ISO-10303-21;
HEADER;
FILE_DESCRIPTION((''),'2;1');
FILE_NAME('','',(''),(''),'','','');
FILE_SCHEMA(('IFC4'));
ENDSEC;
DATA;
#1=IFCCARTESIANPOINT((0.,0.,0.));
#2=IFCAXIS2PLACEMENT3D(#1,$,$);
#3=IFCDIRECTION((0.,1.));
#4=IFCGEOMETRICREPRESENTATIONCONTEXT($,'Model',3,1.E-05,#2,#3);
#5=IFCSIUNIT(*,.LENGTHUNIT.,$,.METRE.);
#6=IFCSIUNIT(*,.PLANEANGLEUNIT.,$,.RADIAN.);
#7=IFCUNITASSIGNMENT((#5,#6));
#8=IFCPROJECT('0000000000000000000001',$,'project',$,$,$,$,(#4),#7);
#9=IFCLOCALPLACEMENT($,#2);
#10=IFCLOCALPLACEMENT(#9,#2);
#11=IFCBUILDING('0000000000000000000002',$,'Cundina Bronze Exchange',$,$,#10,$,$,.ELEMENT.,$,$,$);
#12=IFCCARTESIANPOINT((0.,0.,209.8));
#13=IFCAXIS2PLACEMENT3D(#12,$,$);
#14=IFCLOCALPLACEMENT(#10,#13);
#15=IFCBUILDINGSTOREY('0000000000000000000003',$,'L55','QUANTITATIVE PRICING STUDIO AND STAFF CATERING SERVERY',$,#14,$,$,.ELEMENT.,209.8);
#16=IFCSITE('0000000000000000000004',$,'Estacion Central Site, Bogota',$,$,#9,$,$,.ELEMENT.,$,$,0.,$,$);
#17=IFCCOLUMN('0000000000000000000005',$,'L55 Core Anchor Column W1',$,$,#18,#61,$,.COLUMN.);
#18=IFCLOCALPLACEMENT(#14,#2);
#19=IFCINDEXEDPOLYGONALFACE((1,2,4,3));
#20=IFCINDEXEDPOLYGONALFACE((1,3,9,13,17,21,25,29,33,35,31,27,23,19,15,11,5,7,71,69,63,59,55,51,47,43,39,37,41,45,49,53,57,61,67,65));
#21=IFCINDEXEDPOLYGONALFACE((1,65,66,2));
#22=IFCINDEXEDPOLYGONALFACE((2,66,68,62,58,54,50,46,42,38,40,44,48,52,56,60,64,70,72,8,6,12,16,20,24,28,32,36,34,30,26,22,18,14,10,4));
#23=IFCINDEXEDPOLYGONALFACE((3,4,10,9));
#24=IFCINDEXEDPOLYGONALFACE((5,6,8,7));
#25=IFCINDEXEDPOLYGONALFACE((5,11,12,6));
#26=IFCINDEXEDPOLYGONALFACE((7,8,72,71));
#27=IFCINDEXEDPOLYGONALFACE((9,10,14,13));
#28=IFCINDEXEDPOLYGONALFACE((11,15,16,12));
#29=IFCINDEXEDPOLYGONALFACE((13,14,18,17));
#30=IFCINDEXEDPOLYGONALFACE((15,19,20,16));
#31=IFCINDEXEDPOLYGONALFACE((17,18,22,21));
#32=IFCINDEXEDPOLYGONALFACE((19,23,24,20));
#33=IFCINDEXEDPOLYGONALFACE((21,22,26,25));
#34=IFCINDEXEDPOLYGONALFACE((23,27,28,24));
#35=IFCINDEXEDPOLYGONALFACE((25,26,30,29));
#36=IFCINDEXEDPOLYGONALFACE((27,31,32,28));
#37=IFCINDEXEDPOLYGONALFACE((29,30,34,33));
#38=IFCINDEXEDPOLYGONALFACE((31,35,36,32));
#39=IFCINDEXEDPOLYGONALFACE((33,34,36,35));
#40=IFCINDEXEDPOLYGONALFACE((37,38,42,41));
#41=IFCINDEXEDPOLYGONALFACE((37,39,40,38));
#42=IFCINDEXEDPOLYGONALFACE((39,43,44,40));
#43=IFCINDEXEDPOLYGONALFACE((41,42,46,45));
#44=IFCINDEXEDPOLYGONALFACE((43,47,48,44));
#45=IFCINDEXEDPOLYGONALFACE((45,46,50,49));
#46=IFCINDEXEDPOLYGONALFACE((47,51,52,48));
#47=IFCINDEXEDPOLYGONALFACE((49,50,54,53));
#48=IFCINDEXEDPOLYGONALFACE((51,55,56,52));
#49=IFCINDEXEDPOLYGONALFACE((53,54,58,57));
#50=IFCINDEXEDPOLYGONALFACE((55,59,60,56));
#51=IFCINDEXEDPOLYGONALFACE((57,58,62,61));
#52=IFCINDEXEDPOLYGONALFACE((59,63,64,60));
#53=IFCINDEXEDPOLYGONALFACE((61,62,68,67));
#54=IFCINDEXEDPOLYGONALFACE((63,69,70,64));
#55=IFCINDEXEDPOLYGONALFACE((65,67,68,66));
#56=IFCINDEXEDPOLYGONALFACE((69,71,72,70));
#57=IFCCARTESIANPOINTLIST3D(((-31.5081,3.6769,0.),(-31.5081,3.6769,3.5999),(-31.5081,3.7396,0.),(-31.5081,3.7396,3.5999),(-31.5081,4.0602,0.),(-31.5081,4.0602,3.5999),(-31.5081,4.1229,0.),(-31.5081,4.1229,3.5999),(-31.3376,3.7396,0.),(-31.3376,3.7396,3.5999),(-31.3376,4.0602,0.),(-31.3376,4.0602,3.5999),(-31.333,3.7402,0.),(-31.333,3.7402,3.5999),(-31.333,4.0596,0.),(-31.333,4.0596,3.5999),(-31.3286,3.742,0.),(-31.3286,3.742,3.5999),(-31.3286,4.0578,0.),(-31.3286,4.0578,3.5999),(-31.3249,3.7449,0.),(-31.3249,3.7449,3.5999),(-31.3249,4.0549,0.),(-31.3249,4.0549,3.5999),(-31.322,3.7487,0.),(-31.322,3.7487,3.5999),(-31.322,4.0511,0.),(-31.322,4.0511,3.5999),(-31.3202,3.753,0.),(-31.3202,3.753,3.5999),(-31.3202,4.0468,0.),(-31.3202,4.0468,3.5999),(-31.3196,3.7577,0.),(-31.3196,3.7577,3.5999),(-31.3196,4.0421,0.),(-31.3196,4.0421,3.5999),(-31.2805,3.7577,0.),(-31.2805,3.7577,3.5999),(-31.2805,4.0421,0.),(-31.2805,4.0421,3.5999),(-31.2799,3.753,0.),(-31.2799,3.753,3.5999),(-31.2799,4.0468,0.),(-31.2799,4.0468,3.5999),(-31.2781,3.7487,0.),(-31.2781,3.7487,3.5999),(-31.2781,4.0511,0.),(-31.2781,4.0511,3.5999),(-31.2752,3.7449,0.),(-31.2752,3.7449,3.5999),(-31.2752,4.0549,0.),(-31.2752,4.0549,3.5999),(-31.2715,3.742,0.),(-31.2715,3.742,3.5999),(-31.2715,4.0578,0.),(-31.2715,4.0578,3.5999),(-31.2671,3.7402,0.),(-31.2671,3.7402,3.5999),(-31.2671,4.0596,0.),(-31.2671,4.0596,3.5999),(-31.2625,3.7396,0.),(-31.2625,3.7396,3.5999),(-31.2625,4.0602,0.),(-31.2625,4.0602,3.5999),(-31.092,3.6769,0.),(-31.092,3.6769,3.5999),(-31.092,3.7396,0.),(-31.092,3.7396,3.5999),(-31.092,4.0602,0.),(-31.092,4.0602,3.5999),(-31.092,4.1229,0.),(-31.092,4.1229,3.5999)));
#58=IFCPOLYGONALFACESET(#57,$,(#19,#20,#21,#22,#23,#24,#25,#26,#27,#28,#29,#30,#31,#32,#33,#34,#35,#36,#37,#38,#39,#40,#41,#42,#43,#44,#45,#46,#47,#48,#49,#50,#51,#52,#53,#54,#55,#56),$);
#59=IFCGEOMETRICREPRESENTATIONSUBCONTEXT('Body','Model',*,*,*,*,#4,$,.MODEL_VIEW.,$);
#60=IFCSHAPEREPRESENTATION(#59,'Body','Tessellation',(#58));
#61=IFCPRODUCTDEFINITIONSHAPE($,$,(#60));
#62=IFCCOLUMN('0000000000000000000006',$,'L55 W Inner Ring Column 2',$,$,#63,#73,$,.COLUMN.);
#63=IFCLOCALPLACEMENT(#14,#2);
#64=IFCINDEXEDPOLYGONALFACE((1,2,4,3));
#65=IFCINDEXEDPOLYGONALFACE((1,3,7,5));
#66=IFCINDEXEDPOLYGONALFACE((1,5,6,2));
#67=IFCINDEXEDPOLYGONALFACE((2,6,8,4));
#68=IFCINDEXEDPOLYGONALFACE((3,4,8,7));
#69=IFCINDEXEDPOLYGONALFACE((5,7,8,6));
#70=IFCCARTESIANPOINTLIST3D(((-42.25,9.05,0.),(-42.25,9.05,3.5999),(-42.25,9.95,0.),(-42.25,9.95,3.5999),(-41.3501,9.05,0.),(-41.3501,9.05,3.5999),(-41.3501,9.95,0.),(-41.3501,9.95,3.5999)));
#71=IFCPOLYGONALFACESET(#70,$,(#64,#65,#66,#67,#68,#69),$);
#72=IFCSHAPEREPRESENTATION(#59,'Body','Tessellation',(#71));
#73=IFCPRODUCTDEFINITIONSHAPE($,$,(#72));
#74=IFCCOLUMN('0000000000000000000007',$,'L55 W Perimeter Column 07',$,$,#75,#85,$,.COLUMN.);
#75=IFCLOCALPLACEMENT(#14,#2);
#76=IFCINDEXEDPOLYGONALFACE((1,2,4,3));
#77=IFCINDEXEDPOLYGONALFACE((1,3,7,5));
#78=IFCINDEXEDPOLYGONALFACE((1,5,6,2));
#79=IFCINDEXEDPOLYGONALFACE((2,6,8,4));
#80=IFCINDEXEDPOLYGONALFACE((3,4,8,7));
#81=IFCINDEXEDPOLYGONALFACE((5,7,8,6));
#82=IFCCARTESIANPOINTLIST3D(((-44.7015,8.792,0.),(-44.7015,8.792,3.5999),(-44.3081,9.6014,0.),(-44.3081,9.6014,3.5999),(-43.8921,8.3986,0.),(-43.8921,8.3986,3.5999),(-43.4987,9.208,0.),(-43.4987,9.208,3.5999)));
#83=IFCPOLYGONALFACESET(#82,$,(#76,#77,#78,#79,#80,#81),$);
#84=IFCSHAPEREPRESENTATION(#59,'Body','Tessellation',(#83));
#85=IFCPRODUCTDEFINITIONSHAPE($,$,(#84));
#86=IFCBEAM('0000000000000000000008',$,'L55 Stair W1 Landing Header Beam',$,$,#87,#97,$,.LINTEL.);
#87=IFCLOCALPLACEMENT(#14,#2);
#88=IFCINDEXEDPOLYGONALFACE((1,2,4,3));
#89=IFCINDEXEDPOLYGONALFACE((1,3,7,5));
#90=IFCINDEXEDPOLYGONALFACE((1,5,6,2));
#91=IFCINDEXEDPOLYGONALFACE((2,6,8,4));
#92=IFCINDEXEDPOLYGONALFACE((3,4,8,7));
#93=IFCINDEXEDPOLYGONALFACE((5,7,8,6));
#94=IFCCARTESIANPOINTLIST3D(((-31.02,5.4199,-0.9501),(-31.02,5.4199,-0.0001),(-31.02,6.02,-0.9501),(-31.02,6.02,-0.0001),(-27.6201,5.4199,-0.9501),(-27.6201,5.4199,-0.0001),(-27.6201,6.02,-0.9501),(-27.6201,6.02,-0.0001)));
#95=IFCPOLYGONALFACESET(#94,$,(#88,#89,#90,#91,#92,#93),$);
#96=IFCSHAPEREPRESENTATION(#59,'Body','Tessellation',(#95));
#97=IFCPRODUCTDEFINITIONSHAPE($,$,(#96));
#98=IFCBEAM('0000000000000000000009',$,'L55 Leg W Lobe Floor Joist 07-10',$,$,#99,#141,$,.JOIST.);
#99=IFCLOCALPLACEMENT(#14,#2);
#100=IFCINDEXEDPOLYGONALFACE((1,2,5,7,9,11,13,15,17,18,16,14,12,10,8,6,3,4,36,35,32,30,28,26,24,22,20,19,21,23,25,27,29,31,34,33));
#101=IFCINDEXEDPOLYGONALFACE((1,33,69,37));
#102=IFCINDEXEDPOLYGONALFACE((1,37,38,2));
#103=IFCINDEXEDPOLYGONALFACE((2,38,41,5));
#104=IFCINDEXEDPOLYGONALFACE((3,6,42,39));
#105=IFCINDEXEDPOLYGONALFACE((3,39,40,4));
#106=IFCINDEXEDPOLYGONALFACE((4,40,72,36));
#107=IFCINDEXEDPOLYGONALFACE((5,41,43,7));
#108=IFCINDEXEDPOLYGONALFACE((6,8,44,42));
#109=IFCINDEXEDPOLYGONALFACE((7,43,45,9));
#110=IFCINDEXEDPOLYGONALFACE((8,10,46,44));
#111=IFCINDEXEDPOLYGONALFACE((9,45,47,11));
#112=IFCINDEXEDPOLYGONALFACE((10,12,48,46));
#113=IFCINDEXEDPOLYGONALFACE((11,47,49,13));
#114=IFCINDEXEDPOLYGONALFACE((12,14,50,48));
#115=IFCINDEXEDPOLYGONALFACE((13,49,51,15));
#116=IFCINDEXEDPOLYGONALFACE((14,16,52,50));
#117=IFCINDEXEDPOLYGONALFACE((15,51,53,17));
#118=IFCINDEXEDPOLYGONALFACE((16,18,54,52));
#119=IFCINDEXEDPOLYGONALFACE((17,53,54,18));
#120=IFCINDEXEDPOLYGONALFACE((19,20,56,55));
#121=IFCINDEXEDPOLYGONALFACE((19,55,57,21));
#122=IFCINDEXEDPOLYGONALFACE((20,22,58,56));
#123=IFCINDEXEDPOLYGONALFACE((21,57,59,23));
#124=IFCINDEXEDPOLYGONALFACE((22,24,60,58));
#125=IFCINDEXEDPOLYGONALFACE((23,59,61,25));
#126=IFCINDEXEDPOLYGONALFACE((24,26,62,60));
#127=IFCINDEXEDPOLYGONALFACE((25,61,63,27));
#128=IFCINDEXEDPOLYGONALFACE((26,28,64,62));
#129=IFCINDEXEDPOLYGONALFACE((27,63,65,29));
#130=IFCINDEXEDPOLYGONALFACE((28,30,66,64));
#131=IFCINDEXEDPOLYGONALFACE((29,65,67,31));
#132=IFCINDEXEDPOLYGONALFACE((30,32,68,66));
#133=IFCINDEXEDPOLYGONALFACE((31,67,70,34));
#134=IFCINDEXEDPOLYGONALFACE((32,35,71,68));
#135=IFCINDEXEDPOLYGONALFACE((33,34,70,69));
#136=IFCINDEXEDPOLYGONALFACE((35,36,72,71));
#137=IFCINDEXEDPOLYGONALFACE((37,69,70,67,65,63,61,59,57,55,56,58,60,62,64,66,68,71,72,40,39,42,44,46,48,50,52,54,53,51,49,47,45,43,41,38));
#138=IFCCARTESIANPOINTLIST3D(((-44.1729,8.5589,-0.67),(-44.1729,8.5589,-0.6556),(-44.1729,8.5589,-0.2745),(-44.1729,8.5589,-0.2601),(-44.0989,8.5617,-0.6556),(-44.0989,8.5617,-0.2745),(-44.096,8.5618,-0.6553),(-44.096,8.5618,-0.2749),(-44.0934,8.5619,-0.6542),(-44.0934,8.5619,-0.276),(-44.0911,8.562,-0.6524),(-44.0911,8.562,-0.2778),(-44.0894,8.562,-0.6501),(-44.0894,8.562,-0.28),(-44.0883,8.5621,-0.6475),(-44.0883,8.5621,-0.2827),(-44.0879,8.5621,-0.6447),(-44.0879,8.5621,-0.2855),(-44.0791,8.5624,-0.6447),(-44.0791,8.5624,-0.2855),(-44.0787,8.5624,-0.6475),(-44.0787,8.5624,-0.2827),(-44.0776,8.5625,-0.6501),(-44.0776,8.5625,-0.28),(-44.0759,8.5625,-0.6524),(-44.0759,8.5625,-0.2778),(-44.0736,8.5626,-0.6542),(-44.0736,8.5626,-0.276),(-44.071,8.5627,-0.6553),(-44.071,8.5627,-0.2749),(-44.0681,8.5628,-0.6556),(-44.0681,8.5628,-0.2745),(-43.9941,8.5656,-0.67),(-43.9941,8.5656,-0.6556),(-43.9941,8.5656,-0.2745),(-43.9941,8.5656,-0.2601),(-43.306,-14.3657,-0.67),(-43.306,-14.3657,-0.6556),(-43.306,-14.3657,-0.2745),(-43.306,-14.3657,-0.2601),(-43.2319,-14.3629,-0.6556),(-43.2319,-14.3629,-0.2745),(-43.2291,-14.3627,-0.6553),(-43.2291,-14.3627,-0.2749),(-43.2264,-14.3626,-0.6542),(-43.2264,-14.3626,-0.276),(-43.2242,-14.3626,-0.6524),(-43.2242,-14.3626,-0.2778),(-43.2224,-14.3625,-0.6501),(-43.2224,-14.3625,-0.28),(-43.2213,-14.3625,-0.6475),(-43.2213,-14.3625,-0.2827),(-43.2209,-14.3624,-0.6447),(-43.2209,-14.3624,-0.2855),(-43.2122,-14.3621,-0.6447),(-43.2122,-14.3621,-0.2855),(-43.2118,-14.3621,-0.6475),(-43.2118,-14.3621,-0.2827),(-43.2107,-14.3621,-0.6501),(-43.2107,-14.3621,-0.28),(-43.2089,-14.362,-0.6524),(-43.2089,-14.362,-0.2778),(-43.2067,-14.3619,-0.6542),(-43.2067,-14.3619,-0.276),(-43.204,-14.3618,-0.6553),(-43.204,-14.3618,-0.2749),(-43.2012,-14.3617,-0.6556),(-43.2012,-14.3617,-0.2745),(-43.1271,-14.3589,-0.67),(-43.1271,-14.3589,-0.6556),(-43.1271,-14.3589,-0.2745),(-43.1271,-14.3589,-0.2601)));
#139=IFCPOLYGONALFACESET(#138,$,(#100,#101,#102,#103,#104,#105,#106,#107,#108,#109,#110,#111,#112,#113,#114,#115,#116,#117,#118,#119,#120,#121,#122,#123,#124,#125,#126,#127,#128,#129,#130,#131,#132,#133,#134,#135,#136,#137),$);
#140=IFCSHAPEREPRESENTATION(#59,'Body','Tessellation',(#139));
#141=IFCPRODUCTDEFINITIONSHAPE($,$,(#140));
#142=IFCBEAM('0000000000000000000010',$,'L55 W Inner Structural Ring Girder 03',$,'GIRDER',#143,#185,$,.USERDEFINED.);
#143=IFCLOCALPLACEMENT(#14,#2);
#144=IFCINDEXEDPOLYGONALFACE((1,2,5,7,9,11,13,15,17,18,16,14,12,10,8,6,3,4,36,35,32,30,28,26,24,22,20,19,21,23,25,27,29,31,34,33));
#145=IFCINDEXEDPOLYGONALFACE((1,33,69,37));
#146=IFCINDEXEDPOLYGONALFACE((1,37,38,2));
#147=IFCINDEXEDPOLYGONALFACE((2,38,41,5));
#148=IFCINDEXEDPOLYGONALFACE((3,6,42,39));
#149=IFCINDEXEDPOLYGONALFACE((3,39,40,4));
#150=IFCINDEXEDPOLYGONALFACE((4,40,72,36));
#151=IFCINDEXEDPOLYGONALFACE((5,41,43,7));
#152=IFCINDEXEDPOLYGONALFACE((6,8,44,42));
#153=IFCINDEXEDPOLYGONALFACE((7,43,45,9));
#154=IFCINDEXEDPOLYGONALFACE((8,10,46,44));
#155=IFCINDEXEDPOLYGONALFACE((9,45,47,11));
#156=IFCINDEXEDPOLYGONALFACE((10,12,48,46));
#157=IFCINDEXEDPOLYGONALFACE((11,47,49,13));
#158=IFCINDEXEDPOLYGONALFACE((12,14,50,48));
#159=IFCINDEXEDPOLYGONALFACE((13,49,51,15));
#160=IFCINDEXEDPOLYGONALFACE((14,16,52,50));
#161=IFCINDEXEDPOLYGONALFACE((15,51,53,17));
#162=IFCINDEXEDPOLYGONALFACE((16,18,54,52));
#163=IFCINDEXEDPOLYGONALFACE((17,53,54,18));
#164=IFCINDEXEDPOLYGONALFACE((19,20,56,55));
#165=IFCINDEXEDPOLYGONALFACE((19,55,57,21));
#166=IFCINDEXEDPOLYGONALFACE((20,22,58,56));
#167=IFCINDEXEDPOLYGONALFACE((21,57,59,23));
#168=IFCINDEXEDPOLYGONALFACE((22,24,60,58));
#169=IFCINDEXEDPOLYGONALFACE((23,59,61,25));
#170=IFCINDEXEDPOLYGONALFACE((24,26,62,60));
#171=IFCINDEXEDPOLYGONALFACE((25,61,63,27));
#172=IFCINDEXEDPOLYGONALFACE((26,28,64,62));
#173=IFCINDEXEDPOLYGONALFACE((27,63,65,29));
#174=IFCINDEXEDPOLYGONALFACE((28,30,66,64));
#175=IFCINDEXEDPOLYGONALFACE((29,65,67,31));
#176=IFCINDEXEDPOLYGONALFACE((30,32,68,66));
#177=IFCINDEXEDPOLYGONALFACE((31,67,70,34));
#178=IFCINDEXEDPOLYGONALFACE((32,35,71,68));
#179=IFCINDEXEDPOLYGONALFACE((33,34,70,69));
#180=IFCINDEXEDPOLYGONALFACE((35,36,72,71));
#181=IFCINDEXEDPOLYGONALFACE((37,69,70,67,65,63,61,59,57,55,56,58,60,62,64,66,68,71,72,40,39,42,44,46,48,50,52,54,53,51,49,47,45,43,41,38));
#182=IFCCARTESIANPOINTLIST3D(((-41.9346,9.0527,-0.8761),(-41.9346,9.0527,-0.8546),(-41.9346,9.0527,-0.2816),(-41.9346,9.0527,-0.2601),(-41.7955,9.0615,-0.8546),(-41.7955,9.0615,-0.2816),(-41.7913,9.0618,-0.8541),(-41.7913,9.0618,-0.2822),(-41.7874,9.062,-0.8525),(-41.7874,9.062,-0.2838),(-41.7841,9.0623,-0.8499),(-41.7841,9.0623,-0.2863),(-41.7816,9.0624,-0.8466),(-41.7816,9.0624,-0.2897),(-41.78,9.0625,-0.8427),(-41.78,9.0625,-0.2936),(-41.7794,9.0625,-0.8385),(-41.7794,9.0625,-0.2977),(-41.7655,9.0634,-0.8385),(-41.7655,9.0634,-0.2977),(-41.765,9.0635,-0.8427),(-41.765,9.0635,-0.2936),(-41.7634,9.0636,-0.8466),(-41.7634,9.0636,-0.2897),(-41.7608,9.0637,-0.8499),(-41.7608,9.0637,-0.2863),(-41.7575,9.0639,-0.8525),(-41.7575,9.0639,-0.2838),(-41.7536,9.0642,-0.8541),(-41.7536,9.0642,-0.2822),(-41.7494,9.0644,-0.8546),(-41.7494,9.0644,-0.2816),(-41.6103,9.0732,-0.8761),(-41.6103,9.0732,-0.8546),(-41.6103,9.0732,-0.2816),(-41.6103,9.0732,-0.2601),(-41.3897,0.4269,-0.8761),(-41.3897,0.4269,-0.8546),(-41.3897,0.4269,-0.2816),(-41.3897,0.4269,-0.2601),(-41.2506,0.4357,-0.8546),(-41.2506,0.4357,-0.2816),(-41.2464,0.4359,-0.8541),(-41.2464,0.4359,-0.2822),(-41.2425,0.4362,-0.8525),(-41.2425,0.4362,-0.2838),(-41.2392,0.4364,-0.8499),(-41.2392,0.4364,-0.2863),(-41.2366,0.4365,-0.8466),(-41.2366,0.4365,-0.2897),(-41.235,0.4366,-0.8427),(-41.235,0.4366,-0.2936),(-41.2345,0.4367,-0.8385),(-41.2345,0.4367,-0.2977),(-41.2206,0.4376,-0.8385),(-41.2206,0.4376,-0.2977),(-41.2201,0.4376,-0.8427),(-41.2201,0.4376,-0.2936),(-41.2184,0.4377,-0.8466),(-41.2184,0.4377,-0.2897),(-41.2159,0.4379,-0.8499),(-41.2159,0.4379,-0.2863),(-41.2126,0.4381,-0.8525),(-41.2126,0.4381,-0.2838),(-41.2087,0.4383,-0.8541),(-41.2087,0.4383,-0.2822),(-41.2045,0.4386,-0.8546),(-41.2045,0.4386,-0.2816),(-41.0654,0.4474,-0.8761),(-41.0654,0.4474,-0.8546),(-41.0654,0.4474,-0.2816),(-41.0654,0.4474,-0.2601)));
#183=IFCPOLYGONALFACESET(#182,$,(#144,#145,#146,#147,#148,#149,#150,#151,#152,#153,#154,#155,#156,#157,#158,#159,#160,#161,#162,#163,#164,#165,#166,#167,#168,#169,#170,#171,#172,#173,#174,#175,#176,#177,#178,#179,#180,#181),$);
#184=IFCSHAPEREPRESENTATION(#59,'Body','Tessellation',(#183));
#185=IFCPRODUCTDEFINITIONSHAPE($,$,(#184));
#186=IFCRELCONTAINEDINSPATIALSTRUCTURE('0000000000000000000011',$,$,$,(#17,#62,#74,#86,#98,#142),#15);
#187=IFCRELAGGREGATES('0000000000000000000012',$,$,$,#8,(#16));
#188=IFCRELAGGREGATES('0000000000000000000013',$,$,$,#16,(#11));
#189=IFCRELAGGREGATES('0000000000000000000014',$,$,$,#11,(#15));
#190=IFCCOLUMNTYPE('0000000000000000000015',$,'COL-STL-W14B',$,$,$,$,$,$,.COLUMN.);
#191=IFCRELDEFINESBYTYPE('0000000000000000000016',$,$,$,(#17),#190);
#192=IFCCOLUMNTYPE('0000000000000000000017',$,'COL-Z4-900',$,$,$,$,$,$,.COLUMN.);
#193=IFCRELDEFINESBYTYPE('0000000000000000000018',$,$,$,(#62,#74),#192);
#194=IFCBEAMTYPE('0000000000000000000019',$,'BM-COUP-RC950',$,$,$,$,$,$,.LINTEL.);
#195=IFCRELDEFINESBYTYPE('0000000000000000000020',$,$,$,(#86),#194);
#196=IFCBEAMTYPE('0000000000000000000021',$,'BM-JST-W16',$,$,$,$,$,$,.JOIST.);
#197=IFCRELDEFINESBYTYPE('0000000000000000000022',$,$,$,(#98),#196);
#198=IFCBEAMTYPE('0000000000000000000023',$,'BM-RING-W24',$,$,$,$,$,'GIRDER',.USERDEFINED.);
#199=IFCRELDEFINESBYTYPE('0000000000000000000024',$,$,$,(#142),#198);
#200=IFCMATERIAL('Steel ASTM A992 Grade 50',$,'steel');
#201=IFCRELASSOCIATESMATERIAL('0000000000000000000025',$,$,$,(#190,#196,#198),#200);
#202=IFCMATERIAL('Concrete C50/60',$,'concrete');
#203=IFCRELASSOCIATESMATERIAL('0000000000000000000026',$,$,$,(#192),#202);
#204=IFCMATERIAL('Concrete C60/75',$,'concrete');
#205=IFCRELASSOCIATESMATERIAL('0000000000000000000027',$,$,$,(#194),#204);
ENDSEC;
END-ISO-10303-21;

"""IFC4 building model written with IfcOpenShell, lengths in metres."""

from ifc_helpers import new_model, si_unit, direction, frame, origin, origin_2d, place, context, subcontext, project, spatial, rectangle, i_section, extrude, material, material_profile, profile_set, type_object, element, save


model = new_model("IFC4")

# Units and contexts
model_context = context("Model", 3, precision=1e-05, world=origin(), true_north=direction((0.0, 1.0)))
body_context = subcontext(model_context, "Body", "Model", "MODEL_VIEW")
ifc_project = project(units=[si_unit("LENGTHUNIT", "METRE"), si_unit("PLANEANGLEUNIT", "RADIAN")], contexts=[model_context])

# Site, building, storey
site_placement = place(None, origin())
site = spatial("IfcSite", under=ifc_project, at=site_placement, Name="Estacion Central Site, Bogota", CompositionType="ELEMENT", RefElevation=0.0)
building_placement = place(site_placement, origin())
building = spatial("IfcBuilding", under=site, at=building_placement, Name="Cundina Bronze Exchange", CompositionType="ELEMENT")
storey_placement = place(building_placement, frame((0.0, 0.0, 209.8)))
storey = spatial("IfcBuildingStorey", under=building, at=storey_placement, Name="L55", Description="QUANTITATIVE PRICING STUDIO AND STAFF CATERING SERVERY", CompositionType="ELEMENT", Elevation=209.8)

# Columns
ifc_material_1 = material(Name="Steel ASTM A992 Grade 50", Category="steel")
ifc_material_profile_1 = material_profile(ifc_material_1, i_section(OverallWidth=0.416, OverallDepth=0.446, WebThickness=0.0391, FlangeThickness=0.0627, FilletRadius=0.0181, at=origin_2d()), Name="W14X342", Category="steel")
ifc_profile_set_1 = profile_set([ifc_material_profile_1], Name="Steel ASTM A992 Grade 50")
column_type_1 = type_object("IfcColumnType", Name="COL-STL-W14B", PredefinedType="COLUMN", material=ifc_profile_set_1)
column_placement = place(storey_placement, frame((-31.3, 3.8999, 0.0), z_axis=(0.0, 0.0, 1.0), x_axis=(1.0, 0.0, 0.0)))
element("IfcColumn", 1, at=column_placement, inside=storey, type_object=column_type_1, Name="L55 Core Anchor Column W1", PredefinedType="COLUMN", context=body_context, shape_type="SweptSolid", body=[
    extrude(i_section(OverallWidth=0.416, OverallDepth=0.446, WebThickness=0.0391, FlangeThickness=0.0627, FilletRadius=0.0181, at=origin_2d()), origin(), (0.0, 0.0, 1.0), 3.5999),
])
ifc_material_2 = material(Name="Concrete C50/60", Category="concrete")
ifc_material_profile_2 = material_profile(ifc_material_2, rectangle(XDim=0.8999, YDim=0.8999, at=origin_2d()), Name="RC900X900", Category="concrete")
ifc_profile_set_2 = profile_set([ifc_material_profile_2], Name="Concrete C50/60")
column_type_2 = type_object("IfcColumnType", Name="COL-Z4-900", PredefinedType="COLUMN", material=ifc_profile_set_2)
for number, where, z_axis, x_axis, name in (
    (2, (-41.8, 9.5, 0.0), (0.0, 0.0, 1.0), (1.0, 0.0, 0.0), "L55 W Inner Ring Column 2"),
    (3, (-44.1001, 9.0, 0.0), (0.0, 0.0, 1.0), (-0.437116, -0.899405, 0.0), "L55 W Perimeter Column 07"),
):
    element("IfcColumn", number, at=place(storey_placement, frame(where, z_axis=z_axis, x_axis=x_axis)), inside=storey, type_object=column_type_2, Name=name, PredefinedType="COLUMN", context=body_context, shape_type="SweptSolid", body=[
        extrude(rectangle(XDim=0.8999, YDim=0.8999, at=origin_2d()), origin(), (0.0, 0.0, 1.0), 3.5999),
    ])

# Beams
ifc_material_3 = material(Name="Concrete C60/75", Category="concrete")
ifc_material_profile_3 = material_profile(ifc_material_3, rectangle(XDim=0.6001, YDim=0.95, at=origin_2d()), Name="RC600X950", Category="concrete")
ifc_profile_set_3 = profile_set([ifc_material_profile_3], Name="Concrete C60/75")
beam_type_1 = type_object("IfcBeamType", Name="BM-COUP-RC950", PredefinedType="LINTEL", material=ifc_profile_set_3)
beam_1_placement = place(storey_placement, frame((-31.02, 5.72, -0.4751), z_axis=(1.0, 0.0, 0.0), x_axis=(0.0, 1.0, 0.0)))
element("IfcBeam", 4, at=beam_1_placement, inside=storey, type_object=beam_type_1, Name="L55 Stair W1 Landing Header Beam", PredefinedType="LINTEL", context=body_context, shape_type="SweptSolid", body=[
    extrude(rectangle(XDim=0.6001, YDim=0.95, at=origin_2d()), origin(), (0.0, 0.0, 1.0), 3.3999),
])
ifc_material_profile_4 = material_profile(ifc_material_1, i_section(OverallWidth=0.179, OverallDepth=0.4099, WebThickness=0.0088, FlangeThickness=0.0144, FilletRadius=0.011, at=origin_2d()), Name="W16X45", Category="steel")
ifc_profile_set_4 = profile_set([ifc_material_profile_4], Name="Steel ASTM A992 Grade 50")
beam_type_2 = type_object("IfcBeamType", Name="BM-JST-W16", PredefinedType="JOIST", material=ifc_profile_set_4)
beam_2_placement = place(storey_placement, frame((-44.0835, 8.5623, -0.4651), z_axis=(0.03779, -0.999286, 0.0), x_axis=(0.999286, 0.03779, 0.0)))
element("IfcBeam", 5, at=beam_2_placement, inside=storey, type_object=beam_type_2, Name="L55 Leg W Lobe Floor Joist 07-10", PredefinedType="JOIST", context=body_context, shape_type="SweptSolid", body=[
    extrude(i_section(OverallWidth=0.179, OverallDepth=0.4099, WebThickness=0.0088, FlangeThickness=0.0144, FilletRadius=0.011, at=origin_2d()), origin(), (0.0, 0.0, 1.0), 22.9409),
])
ifc_material_profile_5 = material_profile(ifc_material_1, i_section(OverallWidth=0.325, OverallDepth=0.616, WebThickness=0.0139, FlangeThickness=0.0215, FilletRadius=0.0161, at=origin_2d()), Name="W24X117", Category="steel")
ifc_profile_set_5 = profile_set([ifc_material_profile_5], Name="Steel ASTM A992 Grade 50")
beam_type_3 = type_object("IfcBeamType", Name="BM-RING-W24", ElementType="GIRDER", PredefinedType="USERDEFINED", material=ifc_profile_set_5)
beam_3_placement = place(storey_placement, frame((-41.7725, 9.063, -0.5681), z_axis=(0.063047, -0.998011, 0.0), x_axis=(0.998011, 0.063047, 0.0)))
element("IfcBeam", 6, at=beam_3_placement, inside=storey, type_object=beam_type_3, Name="L55 W Inner Structural Ring Girder 03", ObjectType="GIRDER", PredefinedType="USERDEFINED", context=body_context, shape_type="SweptSolid", body=[
    extrude(i_section(OverallWidth=0.325, OverallDepth=0.616, WebThickness=0.0139, FlangeThickness=0.0215, FilletRadius=0.0161, at=origin_2d()), origin(), (0.0, 0.0, 1.0), 8.6431),
])

save(model, "model.ifc")
